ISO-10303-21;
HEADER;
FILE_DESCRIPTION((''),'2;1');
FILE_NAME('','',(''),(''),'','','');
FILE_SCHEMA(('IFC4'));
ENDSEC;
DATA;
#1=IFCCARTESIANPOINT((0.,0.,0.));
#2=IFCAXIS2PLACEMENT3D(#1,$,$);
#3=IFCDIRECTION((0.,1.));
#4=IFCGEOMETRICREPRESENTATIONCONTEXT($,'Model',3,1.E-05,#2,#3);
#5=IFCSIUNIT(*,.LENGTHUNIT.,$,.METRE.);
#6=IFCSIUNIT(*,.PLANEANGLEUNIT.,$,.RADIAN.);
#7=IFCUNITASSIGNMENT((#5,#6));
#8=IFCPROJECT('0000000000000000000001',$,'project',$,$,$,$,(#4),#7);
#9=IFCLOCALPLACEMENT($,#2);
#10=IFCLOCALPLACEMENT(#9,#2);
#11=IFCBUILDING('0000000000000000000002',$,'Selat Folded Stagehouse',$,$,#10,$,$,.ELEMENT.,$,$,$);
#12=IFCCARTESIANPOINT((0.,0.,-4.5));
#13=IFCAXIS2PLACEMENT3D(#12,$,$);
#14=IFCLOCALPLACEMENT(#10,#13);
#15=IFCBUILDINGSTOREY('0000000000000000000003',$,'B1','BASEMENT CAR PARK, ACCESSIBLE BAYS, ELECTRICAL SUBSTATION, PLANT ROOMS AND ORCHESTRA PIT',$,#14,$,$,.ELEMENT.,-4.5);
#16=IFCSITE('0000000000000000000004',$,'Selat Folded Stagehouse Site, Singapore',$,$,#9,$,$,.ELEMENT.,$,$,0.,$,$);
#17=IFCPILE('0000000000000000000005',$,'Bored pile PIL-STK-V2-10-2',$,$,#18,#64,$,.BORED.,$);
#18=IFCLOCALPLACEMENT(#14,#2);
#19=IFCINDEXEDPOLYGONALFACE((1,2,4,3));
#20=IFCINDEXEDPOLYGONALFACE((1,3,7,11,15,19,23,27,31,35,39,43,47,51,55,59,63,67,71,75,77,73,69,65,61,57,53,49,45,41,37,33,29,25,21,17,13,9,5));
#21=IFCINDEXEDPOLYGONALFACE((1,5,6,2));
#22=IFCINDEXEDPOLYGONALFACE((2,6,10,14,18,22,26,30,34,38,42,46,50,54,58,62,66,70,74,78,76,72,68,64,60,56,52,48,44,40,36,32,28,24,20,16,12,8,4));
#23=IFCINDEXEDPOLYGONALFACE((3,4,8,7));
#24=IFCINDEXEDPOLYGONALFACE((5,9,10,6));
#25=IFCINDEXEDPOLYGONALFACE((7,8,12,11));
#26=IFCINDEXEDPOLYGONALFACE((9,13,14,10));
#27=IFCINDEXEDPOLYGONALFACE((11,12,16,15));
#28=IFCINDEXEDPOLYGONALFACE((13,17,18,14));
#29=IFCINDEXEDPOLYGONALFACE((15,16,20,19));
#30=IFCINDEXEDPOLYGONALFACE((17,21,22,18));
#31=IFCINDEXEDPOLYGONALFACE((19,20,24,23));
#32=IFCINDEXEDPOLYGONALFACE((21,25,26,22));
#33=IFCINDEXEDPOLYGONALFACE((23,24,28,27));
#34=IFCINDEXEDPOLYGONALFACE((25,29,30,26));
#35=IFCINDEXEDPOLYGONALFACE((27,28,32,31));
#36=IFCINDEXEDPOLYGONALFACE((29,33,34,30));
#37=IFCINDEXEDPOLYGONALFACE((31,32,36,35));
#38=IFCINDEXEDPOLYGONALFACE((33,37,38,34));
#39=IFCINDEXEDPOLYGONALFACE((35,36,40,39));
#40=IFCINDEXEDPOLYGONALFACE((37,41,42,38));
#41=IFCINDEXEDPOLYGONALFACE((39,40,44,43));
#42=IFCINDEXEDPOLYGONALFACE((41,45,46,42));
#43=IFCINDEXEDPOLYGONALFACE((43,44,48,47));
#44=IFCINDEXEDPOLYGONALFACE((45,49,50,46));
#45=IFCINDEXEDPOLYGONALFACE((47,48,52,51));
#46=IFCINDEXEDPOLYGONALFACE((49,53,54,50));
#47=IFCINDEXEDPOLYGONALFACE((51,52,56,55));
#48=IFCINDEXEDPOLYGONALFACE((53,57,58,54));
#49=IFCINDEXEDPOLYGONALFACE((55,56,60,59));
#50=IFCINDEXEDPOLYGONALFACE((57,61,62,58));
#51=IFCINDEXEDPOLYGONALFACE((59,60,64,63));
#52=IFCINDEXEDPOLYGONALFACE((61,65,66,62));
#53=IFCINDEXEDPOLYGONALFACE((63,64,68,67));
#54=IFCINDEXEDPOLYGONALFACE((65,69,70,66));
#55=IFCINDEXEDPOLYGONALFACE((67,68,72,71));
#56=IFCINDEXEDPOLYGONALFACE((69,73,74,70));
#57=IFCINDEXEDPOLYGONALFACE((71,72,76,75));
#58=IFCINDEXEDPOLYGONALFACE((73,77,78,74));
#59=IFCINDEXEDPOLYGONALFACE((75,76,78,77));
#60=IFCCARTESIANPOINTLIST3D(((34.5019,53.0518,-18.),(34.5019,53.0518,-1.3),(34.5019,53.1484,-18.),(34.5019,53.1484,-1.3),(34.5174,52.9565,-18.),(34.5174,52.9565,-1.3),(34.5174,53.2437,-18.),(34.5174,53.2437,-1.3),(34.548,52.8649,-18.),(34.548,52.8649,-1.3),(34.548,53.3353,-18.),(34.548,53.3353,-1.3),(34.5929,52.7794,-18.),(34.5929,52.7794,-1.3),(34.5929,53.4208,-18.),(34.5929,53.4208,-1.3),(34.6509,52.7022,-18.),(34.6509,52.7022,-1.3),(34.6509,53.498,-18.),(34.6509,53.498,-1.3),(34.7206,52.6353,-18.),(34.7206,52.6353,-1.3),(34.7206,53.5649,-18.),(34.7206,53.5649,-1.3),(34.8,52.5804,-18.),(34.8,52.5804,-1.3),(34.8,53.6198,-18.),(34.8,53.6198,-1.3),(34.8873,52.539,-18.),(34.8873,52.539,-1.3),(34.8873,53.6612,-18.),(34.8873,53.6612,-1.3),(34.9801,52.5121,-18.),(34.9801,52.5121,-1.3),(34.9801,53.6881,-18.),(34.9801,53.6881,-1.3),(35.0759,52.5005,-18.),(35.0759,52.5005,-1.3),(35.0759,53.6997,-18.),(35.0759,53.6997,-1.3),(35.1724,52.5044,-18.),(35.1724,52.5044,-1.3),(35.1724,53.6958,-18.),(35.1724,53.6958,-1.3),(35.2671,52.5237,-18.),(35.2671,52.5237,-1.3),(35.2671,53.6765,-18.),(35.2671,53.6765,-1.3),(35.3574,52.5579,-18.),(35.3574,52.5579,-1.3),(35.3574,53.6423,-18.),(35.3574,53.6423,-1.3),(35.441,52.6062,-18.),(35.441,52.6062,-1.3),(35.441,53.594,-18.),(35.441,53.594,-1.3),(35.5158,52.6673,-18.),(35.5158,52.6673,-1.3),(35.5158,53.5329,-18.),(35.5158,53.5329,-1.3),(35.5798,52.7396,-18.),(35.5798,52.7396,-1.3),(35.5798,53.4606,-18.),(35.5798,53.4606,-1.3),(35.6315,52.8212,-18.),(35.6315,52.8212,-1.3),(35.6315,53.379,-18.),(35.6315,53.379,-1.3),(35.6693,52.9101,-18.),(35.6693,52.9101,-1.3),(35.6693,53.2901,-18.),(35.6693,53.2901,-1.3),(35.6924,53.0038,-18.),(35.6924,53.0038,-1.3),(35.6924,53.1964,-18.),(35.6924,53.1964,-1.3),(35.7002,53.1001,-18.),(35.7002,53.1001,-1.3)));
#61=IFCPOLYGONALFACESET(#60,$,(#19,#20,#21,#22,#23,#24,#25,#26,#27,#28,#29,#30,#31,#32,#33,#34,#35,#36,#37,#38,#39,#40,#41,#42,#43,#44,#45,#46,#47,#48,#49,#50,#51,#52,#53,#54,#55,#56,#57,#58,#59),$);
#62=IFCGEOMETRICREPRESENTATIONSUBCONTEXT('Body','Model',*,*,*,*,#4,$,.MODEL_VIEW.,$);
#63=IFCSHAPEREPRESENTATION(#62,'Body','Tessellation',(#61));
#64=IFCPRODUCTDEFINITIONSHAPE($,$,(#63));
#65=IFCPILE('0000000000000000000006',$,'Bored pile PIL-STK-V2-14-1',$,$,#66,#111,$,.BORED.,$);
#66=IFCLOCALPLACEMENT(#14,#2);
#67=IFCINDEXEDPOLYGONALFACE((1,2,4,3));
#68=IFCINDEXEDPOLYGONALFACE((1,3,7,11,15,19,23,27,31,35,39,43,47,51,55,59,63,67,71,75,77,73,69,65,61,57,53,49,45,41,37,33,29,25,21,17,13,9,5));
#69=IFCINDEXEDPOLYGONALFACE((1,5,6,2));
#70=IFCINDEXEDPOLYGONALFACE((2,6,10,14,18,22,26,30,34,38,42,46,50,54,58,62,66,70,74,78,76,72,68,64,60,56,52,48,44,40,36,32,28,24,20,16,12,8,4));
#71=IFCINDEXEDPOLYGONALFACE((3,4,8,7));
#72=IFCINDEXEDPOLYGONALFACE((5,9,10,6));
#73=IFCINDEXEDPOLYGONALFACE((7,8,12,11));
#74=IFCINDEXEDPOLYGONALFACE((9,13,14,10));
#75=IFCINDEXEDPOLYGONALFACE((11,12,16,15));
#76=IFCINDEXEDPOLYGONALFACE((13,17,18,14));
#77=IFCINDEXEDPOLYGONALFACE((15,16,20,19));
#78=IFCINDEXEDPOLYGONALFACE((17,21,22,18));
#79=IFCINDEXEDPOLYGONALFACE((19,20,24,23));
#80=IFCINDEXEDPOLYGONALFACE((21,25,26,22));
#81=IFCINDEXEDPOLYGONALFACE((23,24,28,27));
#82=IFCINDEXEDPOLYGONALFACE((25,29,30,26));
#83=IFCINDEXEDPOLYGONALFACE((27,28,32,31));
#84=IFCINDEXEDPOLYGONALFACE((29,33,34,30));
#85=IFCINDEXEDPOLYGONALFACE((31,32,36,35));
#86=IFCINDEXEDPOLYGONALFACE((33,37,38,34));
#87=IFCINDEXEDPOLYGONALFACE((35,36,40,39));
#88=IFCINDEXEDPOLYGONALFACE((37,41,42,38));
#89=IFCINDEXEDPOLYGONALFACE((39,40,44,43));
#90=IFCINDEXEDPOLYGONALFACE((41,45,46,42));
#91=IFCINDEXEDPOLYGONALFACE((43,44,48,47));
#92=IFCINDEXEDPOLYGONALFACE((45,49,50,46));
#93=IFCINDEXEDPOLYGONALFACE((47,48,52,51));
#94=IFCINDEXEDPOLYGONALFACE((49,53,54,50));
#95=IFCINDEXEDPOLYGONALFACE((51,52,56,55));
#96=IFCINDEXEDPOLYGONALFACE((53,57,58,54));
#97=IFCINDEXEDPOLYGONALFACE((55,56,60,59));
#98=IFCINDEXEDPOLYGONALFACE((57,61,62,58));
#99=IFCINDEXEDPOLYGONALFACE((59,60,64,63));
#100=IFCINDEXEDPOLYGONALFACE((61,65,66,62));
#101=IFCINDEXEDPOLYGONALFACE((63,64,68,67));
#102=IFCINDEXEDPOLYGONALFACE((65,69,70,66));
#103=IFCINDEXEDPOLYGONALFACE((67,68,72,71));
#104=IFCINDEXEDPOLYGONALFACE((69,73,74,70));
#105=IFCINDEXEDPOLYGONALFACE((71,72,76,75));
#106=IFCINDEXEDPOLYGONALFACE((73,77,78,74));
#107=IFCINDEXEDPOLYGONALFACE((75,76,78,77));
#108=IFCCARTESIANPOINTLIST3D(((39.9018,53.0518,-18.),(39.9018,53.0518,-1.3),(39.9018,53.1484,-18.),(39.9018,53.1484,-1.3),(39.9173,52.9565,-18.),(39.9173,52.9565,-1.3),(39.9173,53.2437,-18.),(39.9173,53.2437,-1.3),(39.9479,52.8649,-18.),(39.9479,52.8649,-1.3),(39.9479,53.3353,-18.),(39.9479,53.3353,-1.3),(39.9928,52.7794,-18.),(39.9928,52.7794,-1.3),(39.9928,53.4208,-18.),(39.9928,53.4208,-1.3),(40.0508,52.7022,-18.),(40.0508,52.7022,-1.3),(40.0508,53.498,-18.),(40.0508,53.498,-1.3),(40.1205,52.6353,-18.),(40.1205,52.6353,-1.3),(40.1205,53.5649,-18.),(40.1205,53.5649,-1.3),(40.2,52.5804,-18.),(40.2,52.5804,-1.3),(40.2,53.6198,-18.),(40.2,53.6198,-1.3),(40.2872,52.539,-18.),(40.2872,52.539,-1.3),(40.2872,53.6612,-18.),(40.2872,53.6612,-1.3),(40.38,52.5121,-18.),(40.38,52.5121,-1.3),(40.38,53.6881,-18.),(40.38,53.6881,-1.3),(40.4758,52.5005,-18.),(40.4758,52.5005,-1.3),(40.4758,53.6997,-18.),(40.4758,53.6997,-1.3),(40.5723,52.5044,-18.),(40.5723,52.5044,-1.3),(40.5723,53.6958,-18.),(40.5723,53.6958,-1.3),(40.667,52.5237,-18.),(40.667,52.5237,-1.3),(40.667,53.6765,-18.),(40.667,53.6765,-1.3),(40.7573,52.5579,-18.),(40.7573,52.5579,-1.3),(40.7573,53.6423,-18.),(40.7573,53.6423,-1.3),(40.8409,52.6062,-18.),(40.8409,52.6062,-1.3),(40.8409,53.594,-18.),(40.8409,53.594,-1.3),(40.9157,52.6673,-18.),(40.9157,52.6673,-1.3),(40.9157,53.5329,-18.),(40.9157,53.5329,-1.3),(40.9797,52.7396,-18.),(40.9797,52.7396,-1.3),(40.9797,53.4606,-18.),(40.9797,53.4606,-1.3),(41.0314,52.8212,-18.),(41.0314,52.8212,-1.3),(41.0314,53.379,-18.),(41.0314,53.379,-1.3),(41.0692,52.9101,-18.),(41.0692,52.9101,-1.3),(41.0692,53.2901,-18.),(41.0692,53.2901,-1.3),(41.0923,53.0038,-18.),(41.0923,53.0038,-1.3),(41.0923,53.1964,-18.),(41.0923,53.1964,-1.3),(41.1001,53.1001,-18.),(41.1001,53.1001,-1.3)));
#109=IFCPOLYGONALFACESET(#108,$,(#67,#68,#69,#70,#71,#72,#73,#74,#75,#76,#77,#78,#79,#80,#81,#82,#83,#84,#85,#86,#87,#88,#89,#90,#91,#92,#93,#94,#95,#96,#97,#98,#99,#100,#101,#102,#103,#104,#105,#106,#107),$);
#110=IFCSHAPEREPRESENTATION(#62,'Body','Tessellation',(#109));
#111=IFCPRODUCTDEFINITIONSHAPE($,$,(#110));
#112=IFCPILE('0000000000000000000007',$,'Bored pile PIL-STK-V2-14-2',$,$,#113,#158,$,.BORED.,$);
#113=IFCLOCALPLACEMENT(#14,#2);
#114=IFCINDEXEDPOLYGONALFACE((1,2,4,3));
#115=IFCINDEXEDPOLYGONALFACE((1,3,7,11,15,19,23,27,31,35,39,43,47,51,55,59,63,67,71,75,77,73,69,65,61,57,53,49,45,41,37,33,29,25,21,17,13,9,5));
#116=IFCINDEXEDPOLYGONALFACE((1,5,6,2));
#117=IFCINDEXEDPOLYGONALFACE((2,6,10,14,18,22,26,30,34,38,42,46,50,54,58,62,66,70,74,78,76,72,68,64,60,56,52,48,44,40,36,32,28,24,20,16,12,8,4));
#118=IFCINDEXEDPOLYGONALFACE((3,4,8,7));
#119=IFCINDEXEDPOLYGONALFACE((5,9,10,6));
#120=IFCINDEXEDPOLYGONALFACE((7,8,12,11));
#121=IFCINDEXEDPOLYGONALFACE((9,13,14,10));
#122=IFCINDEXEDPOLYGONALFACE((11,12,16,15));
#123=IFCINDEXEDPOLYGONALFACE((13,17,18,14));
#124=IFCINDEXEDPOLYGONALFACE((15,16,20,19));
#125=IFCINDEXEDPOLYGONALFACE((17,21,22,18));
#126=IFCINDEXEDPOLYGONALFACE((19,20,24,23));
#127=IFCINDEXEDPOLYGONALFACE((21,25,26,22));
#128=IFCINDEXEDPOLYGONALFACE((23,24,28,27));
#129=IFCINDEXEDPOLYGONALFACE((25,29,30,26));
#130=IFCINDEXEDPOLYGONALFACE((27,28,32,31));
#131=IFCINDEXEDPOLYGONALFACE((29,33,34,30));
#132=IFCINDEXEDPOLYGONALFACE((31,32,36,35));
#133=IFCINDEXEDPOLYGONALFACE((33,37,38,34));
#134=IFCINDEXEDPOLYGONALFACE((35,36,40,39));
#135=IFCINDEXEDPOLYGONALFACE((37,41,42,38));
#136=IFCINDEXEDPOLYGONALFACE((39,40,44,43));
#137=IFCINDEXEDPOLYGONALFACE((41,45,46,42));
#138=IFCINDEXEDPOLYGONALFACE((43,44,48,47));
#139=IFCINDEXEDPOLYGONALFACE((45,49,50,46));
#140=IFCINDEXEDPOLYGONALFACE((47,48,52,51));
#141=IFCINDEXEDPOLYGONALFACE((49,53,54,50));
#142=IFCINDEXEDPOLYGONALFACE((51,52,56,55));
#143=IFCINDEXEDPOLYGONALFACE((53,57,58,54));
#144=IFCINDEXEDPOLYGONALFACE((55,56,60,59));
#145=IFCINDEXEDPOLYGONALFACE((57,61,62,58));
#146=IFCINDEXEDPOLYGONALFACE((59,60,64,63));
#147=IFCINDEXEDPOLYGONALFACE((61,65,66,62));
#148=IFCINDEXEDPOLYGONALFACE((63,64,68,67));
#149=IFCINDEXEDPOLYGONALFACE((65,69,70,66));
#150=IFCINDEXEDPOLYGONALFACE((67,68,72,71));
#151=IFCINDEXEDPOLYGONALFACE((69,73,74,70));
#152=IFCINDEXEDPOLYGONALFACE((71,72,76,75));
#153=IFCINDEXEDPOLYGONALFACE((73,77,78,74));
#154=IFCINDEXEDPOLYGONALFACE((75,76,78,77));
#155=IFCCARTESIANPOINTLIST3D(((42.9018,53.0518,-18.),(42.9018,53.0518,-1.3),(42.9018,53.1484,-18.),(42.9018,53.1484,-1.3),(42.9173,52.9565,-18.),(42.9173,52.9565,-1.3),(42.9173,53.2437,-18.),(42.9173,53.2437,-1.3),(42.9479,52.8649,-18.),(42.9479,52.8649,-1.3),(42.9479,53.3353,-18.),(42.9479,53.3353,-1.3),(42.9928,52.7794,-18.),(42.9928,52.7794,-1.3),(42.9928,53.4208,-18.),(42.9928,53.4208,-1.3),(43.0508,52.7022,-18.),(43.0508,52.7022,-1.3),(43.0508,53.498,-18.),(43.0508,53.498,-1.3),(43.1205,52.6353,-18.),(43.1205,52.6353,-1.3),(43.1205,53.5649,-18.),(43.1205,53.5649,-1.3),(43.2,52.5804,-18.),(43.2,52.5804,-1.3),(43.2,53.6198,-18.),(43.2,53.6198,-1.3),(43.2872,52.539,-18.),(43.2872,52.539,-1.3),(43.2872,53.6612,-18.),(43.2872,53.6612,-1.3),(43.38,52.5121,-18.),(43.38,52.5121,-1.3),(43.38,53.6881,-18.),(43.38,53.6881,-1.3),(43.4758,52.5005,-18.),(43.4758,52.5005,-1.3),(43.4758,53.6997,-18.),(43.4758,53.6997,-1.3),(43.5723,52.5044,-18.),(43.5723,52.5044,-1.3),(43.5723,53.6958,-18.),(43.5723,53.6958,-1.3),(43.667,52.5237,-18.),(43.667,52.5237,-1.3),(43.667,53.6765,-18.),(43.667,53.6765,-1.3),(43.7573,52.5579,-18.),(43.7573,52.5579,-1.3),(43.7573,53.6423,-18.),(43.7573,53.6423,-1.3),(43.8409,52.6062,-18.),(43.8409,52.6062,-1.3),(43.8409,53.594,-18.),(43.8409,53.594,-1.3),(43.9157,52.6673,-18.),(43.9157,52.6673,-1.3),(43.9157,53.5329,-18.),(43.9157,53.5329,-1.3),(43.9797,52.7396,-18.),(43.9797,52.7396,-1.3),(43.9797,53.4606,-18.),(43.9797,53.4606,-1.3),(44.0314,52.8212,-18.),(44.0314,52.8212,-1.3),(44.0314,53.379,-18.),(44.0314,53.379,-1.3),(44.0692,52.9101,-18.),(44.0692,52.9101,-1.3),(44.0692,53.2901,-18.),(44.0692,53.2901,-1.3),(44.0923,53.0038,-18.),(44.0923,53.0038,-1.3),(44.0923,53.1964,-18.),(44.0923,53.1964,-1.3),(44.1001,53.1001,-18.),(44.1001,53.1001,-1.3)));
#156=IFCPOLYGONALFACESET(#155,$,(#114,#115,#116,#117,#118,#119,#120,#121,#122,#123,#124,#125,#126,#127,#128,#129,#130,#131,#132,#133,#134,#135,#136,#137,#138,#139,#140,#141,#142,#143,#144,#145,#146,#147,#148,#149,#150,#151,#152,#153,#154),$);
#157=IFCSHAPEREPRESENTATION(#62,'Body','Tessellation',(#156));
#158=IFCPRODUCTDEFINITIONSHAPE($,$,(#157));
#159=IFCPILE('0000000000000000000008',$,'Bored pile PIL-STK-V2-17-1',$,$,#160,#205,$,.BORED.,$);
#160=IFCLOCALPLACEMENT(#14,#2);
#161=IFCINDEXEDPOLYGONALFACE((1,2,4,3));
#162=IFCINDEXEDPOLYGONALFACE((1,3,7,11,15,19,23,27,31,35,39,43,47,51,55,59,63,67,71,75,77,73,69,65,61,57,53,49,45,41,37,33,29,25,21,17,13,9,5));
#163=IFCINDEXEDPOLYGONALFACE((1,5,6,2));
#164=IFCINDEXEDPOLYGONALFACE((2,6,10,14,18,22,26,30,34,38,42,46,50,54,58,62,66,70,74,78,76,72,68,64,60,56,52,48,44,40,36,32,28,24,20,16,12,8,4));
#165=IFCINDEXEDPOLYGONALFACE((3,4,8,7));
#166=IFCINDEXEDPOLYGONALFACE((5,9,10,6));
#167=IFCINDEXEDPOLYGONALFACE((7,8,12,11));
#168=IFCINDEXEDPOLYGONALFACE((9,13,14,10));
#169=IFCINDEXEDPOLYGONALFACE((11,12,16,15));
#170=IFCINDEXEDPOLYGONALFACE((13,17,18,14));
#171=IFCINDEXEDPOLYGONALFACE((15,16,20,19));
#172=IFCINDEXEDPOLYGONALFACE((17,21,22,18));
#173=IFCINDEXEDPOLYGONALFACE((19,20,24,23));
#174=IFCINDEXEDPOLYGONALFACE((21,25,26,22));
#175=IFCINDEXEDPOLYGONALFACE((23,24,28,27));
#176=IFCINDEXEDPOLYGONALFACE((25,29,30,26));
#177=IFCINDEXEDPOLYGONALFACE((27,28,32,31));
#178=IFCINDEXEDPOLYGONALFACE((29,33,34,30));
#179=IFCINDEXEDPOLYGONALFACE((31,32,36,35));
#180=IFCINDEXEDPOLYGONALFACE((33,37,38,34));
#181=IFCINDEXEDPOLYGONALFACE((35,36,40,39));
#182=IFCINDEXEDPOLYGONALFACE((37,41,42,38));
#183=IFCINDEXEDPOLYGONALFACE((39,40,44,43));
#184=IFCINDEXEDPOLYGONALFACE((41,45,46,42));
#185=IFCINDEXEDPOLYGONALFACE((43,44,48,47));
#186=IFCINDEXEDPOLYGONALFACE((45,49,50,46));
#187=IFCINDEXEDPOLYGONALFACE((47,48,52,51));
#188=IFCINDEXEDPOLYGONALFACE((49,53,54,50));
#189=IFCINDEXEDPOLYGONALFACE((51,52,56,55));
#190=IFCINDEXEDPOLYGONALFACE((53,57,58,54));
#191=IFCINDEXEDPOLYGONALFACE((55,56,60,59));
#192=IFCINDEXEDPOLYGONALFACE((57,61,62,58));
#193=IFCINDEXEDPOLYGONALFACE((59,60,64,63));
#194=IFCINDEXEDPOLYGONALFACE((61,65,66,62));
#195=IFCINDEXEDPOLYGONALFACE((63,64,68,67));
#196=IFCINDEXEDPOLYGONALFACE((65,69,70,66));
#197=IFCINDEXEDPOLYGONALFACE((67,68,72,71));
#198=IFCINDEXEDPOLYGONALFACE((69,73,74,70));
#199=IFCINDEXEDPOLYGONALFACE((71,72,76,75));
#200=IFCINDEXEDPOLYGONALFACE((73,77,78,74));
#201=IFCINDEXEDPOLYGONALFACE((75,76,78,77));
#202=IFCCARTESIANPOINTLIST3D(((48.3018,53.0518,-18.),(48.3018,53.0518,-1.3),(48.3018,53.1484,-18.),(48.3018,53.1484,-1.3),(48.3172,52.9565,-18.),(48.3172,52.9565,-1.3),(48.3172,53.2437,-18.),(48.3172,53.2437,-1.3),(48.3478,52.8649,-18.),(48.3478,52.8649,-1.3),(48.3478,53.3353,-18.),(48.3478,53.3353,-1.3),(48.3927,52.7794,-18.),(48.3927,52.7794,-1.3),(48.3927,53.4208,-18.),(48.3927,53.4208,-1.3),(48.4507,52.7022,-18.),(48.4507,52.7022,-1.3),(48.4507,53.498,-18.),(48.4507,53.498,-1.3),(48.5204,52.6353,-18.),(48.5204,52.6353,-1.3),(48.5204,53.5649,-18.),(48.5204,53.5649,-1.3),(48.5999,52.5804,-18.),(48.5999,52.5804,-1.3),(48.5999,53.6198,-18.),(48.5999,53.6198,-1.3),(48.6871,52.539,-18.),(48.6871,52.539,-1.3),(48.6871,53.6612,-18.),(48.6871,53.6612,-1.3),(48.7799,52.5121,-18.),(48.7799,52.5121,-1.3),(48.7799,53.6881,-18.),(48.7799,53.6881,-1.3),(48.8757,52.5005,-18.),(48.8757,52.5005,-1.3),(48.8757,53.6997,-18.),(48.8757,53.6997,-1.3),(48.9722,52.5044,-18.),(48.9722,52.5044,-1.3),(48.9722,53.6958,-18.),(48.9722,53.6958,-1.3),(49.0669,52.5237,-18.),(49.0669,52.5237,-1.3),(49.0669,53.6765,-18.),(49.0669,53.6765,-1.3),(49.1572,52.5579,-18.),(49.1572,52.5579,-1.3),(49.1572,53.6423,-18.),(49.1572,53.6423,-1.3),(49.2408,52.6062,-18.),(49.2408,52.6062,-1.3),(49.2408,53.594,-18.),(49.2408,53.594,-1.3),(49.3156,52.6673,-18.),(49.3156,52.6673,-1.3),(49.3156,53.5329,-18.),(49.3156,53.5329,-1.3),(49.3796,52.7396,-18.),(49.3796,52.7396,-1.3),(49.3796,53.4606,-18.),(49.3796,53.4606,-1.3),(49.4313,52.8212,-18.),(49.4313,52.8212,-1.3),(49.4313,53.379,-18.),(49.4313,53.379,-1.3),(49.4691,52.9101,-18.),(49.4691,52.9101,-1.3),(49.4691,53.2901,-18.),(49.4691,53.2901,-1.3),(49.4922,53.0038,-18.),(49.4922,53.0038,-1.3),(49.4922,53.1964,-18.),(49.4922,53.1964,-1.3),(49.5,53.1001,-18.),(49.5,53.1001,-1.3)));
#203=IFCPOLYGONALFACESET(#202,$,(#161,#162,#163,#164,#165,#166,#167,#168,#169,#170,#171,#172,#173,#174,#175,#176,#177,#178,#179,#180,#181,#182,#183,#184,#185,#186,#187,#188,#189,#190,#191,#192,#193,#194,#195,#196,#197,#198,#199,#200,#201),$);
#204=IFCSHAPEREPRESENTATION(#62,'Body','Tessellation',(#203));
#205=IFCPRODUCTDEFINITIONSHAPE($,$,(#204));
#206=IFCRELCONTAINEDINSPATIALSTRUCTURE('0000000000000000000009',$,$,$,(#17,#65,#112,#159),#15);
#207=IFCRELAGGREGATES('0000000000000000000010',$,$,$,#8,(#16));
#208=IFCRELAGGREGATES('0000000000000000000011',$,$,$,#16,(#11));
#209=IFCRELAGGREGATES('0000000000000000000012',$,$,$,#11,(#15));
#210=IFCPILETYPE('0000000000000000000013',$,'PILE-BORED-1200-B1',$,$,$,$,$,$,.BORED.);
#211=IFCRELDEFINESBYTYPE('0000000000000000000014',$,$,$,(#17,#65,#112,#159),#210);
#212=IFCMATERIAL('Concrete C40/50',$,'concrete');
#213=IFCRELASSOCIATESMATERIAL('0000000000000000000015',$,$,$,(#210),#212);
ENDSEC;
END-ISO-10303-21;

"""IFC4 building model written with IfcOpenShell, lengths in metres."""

from ifc_helpers import new_model, si_unit, direction, frame, origin, origin_2d, place, context, subcontext, project, spatial, circle, extrude, material, material_profile, profile_set, type_object, element, save


model = new_model("IFC4")

# Units and contexts
model_context = context("Model", 3, precision=1e-05, world=origin(), true_north=direction((0.0, 1.0)))
body_context = subcontext(model_context, "Body", "Model", "MODEL_VIEW")
ifc_project = project(units=[si_unit("LENGTHUNIT", "METRE"), si_unit("PLANEANGLEUNIT", "RADIAN")], contexts=[model_context])

# Site, building, storey
site_placement = place(None, origin())
site = spatial("IfcSite", under=ifc_project, at=site_placement, Name="Selat Folded Stagehouse Site, Singapore", CompositionType="ELEMENT", RefElevation=0.0)
building_placement = place(site_placement, origin())
building = spatial("IfcBuilding", under=site, at=building_placement, Name="Selat Folded Stagehouse", CompositionType="ELEMENT")
storey_placement = place(building_placement, frame((0.0, 0.0, -4.5)))
storey = spatial("IfcBuildingStorey", under=building, at=storey_placement, Name="B1", Description="BASEMENT CAR PARK, ACCESSIBLE BAYS, ELECTRICAL SUBSTATION, PLANT ROOMS AND ORCHESTRA PIT", CompositionType="ELEMENT", Elevation=-4.5)

# Shared definitions
ifc_material_1 = material(Name="Concrete C40/50", Category="concrete")

# Piles
ifc_material_profile_1 = material_profile(ifc_material_1, circle(Radius=0.6001, at=origin_2d()), Name="PILE D1200")
ifc_profile_set_1 = profile_set([ifc_material_profile_1], Name="Concrete C40/50")
pile_type = type_object("IfcPileType", Name="PILE-BORED-1200-B1", PredefinedType="BORED", material=ifc_profile_set_1)
for number, where, z_axis, x_axis, name in (
    (1, (35.1001, 53.1001, -1.3), (0.0, 0.0, -1.0), (1.0, 0.0, 0.0), "Bored pile PIL-STK-V2-10-2"),
    (2, (40.5, 53.1001, -1.3), (0.0, 0.0, -1.0), (1.0, 0.0, 0.0), "Bored pile PIL-STK-V2-14-1"),
    (3, (43.5, 53.1001, -1.3), (0.0, 0.0, -1.0), (1.0, 0.0, 0.0), "Bored pile PIL-STK-V2-14-2"),
    (4, (48.8999, 53.1001, -1.3), (0.0, 0.0, -1.0), (1.0, 0.0, 0.0), "Bored pile PIL-STK-V2-17-1"),
):
    element("IfcPile", number, at=place(storey_placement, frame(where, z_axis=z_axis, x_axis=x_axis)), inside=storey, type_object=pile_type, Name=name, PredefinedType="BORED", context=body_context, shape_type="SweptSolid", body=[
        extrude(circle(Radius=0.6001, at=origin_2d()), origin(), (0.0, 0.0, 1.0), 16.7),
    ])

save(model, "model.ifc")
